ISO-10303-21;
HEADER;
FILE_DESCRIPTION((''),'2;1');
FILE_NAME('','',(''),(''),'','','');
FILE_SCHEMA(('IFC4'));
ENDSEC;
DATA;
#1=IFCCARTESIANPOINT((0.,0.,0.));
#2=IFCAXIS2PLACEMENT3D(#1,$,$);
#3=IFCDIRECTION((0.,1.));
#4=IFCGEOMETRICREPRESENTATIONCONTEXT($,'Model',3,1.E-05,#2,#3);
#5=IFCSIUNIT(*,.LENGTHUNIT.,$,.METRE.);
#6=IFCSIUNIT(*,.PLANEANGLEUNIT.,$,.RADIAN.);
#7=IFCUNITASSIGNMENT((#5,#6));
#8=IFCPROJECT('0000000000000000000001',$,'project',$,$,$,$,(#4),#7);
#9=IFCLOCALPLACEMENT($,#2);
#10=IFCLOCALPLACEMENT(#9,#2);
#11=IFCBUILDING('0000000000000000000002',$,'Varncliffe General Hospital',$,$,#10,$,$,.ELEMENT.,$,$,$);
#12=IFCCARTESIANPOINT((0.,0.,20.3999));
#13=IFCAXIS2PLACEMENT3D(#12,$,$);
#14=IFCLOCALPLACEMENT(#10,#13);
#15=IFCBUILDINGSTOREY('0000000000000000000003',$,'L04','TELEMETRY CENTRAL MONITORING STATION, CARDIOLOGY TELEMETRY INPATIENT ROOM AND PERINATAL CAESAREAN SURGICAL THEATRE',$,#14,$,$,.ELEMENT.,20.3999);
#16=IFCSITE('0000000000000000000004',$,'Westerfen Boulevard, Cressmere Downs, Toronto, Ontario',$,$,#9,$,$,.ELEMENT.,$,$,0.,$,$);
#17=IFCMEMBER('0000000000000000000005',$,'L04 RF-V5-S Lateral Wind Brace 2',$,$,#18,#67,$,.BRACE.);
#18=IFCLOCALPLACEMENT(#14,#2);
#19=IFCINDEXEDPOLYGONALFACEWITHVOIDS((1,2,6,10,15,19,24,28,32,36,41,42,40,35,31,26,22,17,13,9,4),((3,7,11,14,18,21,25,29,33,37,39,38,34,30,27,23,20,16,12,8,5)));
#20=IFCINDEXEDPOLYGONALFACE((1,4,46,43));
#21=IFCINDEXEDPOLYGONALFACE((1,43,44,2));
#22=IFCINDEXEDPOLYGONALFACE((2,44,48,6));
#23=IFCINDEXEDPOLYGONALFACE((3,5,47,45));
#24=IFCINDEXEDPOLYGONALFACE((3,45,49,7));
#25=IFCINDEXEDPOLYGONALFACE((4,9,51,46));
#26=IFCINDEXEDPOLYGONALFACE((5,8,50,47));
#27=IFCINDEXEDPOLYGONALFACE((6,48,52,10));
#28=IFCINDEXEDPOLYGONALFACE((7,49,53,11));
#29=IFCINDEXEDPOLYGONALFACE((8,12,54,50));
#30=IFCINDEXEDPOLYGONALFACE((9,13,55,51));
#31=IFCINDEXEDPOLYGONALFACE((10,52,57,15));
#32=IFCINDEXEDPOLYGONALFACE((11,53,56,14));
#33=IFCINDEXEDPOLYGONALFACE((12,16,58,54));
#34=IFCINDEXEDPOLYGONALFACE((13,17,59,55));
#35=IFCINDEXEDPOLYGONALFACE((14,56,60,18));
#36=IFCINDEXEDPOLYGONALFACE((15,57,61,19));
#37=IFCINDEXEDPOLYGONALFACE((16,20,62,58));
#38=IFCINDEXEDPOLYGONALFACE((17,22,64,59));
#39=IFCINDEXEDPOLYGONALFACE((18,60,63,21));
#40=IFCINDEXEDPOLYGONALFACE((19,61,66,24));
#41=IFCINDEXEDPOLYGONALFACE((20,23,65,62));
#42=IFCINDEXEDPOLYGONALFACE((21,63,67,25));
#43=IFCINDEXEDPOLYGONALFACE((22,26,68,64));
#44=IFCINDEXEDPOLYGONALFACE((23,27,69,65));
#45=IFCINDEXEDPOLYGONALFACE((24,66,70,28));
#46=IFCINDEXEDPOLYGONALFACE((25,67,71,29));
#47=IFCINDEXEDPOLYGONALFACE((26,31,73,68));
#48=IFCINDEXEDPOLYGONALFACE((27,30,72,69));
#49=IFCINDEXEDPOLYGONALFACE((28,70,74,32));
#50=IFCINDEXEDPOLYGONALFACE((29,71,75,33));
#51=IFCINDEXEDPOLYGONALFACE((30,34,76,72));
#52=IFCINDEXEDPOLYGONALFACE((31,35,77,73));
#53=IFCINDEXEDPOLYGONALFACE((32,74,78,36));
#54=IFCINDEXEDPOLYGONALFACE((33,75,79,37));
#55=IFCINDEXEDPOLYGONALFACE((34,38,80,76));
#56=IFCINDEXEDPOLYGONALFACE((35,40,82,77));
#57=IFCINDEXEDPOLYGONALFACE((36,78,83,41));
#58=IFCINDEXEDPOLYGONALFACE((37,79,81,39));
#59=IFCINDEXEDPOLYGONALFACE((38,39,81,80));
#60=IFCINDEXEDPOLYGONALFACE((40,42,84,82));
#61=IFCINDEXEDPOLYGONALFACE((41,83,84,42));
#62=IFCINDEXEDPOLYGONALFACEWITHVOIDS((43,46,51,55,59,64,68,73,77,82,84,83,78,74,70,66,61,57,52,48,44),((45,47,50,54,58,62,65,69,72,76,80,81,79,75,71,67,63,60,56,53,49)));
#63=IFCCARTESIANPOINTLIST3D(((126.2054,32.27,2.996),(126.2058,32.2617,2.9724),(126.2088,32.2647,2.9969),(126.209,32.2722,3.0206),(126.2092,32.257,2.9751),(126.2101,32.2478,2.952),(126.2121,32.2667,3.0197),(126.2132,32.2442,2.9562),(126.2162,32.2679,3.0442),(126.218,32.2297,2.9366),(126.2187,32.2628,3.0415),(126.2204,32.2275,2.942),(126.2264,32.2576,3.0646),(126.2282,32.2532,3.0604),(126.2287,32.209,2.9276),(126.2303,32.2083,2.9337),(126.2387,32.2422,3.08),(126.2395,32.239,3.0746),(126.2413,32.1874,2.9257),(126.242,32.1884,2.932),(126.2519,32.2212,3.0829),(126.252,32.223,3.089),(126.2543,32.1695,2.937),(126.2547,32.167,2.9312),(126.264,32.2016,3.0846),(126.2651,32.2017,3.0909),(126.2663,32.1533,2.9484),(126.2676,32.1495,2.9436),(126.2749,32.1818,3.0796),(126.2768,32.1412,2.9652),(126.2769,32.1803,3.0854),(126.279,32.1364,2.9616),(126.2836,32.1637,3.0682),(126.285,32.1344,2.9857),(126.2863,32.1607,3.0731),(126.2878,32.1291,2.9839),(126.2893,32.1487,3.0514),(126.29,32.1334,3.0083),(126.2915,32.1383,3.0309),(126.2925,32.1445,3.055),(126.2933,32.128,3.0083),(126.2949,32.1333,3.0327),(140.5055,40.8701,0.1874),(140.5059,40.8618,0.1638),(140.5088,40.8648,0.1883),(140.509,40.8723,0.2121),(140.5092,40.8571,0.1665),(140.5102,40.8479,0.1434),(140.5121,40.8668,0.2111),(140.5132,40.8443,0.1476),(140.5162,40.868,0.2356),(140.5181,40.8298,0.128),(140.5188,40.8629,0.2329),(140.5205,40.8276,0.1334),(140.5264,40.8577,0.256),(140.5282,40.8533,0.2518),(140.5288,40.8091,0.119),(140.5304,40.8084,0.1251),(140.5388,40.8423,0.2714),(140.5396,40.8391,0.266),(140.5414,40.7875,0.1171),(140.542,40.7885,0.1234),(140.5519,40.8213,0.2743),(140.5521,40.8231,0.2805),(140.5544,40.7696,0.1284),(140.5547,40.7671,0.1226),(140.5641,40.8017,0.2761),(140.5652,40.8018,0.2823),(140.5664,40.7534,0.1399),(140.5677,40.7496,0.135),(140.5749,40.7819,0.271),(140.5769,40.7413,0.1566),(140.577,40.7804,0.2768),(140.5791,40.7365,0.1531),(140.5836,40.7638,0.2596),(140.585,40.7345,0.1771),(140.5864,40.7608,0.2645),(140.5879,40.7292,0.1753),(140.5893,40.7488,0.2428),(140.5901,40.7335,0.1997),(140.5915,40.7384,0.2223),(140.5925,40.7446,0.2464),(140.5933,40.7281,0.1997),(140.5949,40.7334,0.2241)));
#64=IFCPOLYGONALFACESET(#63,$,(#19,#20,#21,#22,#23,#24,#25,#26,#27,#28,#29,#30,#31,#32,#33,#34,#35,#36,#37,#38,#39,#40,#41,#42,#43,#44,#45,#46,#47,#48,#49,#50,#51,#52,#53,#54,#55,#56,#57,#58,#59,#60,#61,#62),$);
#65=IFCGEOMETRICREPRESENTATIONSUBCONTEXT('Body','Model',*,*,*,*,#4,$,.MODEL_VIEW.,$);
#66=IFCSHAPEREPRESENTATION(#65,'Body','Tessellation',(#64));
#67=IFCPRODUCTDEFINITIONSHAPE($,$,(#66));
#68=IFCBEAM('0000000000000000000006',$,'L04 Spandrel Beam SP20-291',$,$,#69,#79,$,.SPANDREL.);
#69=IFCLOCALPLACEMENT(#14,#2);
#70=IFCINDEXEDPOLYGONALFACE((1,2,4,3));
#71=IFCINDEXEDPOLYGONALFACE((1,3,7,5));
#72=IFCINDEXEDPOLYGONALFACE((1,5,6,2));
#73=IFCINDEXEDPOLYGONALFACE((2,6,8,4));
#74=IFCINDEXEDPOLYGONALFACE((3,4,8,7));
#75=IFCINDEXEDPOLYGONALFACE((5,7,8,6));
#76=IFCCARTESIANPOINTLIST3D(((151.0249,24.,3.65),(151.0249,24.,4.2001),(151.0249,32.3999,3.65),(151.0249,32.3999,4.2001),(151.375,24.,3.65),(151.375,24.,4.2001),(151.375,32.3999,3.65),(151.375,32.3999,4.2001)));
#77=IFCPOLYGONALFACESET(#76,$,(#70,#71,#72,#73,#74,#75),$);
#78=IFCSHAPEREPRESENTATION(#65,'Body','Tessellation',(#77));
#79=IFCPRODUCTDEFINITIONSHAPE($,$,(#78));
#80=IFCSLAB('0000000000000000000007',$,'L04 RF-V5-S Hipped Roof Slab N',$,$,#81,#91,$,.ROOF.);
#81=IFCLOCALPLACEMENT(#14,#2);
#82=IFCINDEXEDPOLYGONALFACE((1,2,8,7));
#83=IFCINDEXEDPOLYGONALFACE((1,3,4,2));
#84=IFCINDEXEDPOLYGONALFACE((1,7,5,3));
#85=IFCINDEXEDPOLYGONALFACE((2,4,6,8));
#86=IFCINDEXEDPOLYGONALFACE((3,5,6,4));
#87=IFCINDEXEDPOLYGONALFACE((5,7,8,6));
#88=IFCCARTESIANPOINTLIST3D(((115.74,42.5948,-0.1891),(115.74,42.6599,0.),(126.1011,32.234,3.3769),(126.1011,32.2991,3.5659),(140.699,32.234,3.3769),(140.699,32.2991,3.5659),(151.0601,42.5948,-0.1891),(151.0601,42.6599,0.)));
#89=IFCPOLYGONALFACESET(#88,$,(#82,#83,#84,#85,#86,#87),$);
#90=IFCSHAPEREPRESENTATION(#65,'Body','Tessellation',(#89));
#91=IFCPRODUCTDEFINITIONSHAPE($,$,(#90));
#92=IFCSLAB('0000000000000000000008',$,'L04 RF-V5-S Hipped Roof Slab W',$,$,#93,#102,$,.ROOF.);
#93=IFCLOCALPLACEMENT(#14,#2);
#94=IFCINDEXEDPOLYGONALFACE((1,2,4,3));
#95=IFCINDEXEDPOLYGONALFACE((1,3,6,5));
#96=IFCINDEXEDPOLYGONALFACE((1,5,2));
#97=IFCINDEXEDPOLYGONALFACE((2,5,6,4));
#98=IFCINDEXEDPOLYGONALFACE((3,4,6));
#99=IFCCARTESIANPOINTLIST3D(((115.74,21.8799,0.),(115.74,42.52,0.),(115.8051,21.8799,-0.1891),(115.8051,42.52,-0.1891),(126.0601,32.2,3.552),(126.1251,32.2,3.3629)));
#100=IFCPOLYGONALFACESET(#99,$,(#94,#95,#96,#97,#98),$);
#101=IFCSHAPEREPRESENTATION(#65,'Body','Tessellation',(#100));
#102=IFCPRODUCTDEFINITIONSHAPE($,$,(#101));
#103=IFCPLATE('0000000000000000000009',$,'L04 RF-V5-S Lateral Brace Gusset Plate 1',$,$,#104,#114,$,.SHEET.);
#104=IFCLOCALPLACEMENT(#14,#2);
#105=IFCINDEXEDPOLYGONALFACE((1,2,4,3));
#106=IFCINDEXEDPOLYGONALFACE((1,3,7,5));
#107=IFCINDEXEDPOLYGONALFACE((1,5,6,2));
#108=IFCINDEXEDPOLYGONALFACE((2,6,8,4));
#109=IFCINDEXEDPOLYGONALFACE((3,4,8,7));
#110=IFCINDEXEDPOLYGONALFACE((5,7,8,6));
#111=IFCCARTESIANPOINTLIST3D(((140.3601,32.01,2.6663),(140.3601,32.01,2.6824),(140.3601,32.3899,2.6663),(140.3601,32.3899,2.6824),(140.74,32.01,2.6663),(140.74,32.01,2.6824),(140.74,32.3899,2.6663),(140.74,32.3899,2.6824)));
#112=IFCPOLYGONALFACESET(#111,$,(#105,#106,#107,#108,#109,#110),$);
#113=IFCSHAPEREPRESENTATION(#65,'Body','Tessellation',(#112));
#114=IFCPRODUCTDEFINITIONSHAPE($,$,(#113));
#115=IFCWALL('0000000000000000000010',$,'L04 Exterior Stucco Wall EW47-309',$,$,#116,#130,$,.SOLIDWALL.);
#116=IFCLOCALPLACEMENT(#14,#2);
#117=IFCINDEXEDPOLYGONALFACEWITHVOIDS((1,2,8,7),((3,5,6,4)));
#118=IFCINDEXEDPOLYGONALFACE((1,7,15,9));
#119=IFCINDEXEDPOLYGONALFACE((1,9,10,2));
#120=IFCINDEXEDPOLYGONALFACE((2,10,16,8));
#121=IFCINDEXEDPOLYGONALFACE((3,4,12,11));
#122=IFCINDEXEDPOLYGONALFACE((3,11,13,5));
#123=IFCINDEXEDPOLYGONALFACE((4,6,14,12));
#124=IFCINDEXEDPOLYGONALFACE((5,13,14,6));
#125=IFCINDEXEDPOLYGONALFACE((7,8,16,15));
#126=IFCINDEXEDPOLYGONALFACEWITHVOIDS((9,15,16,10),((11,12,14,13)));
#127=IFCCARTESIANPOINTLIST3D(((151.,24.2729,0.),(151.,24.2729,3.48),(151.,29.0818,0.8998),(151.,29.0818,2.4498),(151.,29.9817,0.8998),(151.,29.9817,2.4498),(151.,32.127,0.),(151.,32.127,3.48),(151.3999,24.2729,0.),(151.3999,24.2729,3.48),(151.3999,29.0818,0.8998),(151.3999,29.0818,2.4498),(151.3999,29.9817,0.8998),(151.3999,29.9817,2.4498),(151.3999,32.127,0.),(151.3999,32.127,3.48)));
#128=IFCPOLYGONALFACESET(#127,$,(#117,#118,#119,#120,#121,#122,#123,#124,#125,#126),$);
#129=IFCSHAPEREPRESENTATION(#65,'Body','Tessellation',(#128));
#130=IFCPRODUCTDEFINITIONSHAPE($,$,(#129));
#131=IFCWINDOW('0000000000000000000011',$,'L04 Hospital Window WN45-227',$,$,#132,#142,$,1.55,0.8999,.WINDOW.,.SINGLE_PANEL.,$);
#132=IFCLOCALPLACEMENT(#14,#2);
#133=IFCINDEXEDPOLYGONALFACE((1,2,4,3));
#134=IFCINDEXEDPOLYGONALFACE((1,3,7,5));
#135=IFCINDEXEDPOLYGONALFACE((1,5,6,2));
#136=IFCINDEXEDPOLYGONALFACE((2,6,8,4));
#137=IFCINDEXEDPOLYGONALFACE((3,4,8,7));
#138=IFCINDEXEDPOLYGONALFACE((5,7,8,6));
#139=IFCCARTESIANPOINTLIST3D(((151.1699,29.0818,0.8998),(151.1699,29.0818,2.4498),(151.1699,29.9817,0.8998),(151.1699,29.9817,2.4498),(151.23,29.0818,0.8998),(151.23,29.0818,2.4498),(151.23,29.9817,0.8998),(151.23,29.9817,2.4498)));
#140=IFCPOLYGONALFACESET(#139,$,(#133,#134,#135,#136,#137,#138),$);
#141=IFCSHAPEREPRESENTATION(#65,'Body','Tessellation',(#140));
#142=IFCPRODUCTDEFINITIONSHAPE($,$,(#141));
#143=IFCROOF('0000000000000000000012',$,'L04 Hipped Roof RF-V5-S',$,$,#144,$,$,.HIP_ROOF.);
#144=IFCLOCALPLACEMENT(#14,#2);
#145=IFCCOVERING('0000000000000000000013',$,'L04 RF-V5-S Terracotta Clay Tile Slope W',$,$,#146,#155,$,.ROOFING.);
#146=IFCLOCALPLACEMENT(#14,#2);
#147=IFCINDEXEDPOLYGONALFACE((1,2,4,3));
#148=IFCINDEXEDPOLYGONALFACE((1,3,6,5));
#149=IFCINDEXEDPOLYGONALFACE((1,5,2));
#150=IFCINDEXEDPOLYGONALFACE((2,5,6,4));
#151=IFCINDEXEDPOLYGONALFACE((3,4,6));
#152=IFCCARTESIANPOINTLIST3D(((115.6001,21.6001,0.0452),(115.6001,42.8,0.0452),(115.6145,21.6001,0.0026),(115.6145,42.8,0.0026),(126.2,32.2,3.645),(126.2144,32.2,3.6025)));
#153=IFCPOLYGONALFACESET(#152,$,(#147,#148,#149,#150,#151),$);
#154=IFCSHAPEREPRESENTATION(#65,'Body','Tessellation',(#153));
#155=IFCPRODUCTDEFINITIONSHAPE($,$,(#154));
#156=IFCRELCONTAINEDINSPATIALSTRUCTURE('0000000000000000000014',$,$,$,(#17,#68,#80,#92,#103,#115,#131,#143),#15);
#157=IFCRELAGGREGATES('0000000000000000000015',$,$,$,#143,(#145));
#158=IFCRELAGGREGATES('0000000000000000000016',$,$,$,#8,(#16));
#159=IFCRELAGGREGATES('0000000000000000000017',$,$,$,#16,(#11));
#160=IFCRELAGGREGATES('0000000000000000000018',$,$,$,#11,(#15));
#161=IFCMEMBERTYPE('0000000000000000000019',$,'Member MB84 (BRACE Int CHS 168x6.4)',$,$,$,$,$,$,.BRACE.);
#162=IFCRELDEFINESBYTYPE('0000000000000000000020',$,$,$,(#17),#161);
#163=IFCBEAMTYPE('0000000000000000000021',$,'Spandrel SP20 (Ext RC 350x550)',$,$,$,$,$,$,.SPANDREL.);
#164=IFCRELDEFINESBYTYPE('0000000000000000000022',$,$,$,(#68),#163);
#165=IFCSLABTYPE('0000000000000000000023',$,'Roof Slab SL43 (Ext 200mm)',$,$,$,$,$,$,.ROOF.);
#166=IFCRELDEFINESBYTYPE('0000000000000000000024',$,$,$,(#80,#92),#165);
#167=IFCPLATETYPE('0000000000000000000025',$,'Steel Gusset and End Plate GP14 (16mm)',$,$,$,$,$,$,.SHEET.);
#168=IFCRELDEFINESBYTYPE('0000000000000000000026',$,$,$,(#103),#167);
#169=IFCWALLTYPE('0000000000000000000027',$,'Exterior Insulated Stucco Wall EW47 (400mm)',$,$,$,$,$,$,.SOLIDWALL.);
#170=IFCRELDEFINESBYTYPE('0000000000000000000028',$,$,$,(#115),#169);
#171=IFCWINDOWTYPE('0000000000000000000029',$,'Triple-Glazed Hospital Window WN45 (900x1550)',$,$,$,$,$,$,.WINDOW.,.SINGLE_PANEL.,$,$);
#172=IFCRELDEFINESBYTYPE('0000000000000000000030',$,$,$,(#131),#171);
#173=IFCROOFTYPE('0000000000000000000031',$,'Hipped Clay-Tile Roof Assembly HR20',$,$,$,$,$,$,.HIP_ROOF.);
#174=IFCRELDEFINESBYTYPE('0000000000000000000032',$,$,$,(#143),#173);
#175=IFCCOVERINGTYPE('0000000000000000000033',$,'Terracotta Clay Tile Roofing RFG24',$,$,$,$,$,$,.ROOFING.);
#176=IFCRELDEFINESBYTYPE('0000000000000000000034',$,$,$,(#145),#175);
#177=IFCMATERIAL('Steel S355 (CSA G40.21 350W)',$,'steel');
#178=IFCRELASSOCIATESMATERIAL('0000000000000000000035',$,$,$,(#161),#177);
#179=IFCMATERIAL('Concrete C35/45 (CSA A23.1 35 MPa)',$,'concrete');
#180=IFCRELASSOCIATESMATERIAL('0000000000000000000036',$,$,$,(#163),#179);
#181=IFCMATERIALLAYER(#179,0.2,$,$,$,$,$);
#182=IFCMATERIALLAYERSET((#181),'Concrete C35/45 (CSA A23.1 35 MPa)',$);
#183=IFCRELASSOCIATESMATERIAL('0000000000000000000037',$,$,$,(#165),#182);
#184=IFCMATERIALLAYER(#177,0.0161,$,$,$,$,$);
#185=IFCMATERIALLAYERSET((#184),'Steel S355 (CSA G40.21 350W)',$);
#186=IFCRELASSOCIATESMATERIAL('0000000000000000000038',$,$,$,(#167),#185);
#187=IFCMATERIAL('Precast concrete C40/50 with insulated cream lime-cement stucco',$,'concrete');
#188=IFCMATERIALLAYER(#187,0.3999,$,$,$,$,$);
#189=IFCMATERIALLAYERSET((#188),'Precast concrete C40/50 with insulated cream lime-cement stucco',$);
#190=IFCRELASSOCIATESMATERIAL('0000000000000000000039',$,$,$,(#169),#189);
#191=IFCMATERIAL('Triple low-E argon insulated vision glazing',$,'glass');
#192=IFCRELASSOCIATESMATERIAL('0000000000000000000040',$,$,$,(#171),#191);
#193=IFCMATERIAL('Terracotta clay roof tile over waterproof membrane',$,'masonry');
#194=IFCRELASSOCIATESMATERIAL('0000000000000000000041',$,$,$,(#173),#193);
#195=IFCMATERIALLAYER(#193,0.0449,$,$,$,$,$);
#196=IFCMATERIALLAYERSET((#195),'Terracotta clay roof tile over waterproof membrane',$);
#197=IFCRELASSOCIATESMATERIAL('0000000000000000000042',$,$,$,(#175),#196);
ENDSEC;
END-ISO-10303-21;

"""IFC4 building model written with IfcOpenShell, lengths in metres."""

from ifc_helpers import new_model, si_unit, direction, frame, frame_2d, origin, origin_2d, place, context, subcontext, project, spatial, polyline, rectangle, hollow_circle, outline, extrude, material, layer, layer_set, material_profile, profile_set, type_object, element, fill, aggregate, save


model = new_model("IFC4")

# Units and contexts
model_context = context("Model", 3, precision=1e-05, world=origin(), true_north=direction((0.0, 1.0)))
body_context = subcontext(model_context, "Body", "Model", "MODEL_VIEW")
ifc_project = project(units=[si_unit("LENGTHUNIT", "METRE"), si_unit("PLANEANGLEUNIT", "RADIAN")], contexts=[model_context])

# Site, building, storey
site_placement = place(None, origin())
site = spatial("IfcSite", under=ifc_project, at=site_placement, Name="Westerfen Boulevard, Cressmere Downs, Toronto, Ontario", CompositionType="ELEMENT", RefElevation=0.0)
building_placement = place(site_placement, origin())
building = spatial("IfcBuilding", under=site, at=building_placement, Name="Varncliffe General Hospital", CompositionType="ELEMENT")
storey_placement = place(building_placement, frame((0.0, 0.0, 20.3999)))
storey = spatial("IfcBuildingStorey", under=building, at=storey_placement, Name="L04", Description="TELEMETRY CENTRAL MONITORING STATION, CARDIOLOGY TELEMETRY INPATIENT ROOM AND PERINATAL CAESAREAN SURGICAL THEATRE", CompositionType="ELEMENT", Elevation=20.3999)

# Member
ifc_material_1 = material(Name="Steel S355 (CSA G40.21 350W)", Category="steel")
ifc_material_profile_1 = material_profile(ifc_material_1, hollow_circle(Radius=0.084, WallThickness=0.0063, at=origin_2d()), Name="CHS 168x6.4")
ifc_profile_set_1 = profile_set([ifc_material_profile_1], Name="Steel S355 (CSA G40.21 350W)")
member_type_1 = type_object("IfcMemberType", Name="Member MB84 (BRACE Int CHS 168x6.4)", PredefinedType="BRACE", material=ifc_profile_set_1)
member_1_placement = place(storey_placement, frame((140.55, 40.8, 0.1997), z_axis=(-0.845076, -0.508231, 0.165977), x_axis=(0.51538, -0.856962, 0.0)))
element("IfcMember", 1, at=member_1_placement, inside=storey, type_object=member_type_1, Name="L04 RF-V5-S Lateral Wind Brace 2", PredefinedType="BRACE", context=body_context, shape_type="SweptSolid", body=[
    extrude(hollow_circle(Radius=0.084, WallThickness=0.0063, at=origin_2d()), origin(), (0.0, 0.0, 1.0), 16.9216),
])

# Beam
ifc_material_2 = material(Name="Concrete C35/45 (CSA A23.1 35 MPa)", Category="concrete")
ifc_material_profile_2 = material_profile(ifc_material_2, rectangle(XDim=0.3501, YDim=0.55, at=origin_2d()), Name="RC 350x550")
ifc_profile_set_2 = profile_set([ifc_material_profile_2], Name="Concrete C35/45 (CSA A23.1 35 MPa)")
beam_type_1 = type_object("IfcBeamType", Name="Spandrel SP20 (Ext RC 350x550)", PredefinedType="SPANDREL", material=ifc_profile_set_2)
beam_1_placement = place(storey_placement, frame((151.2, 24.0, 3.925), z_axis=(0.0, 1.0, 0.0), x_axis=(-1.0, 0.0, 0.0)))
element("IfcBeam", 2, at=beam_1_placement, inside=storey, type_object=beam_type_1, Name="L04 Spandrel Beam SP20-291", PredefinedType="SPANDREL", context=body_context, shape_type="SweptSolid", body=[
    extrude(rectangle(XDim=0.3501, YDim=0.55, at=origin_2d()), origin(), (0.0, 0.0, 1.0), 8.3999),
])

# Slabs
ifc_layer_1 = layer(ifc_material_2, 0.2)
ifc_layer_set_1 = layer_set([ifc_layer_1], Name="Concrete C35/45 (CSA A23.1 35 MPa)")
slab_type = type_object("IfcSlabType", Name="Roof Slab SL43 (Ext 200mm)", PredefinedType="ROOF", material=ifc_layer_set_1)
slab_1_placement = place(storey_placement, frame((151.0601, 42.6599, 0.0), z_axis=(0.0, 0.325437, 0.945564), x_axis=(-1.0, 0.0, 0.0)))
element("IfcSlab", 3, at=slab_1_placement, inside=storey, type_object=slab_type, Name="L04 RF-V5-S Hipped Roof Slab N", PredefinedType="ROOF", context=body_context, shape_type="SweptSolid", body=[
    extrude(outline(polyline([(0.0, 0.0), (35.3201, 0.0), (24.959, 10.9573), (10.3611, 10.9573), (0.0, 0.0)])), origin(), (0.0, 0.0, -1.0), 0.2),
])
slab_2_placement = place(storey_placement, frame((115.74, 42.52, 0.0), z_axis=(-0.325447, 0.0, 0.94556), x_axis=(0.0, -1.0, 0.0)))
element("IfcSlab", 4, at=slab_2_placement, inside=storey, type_object=slab_type, Name="L04 RF-V5-S Hipped Roof Slab W", PredefinedType="ROOF", context=body_context, shape_type="SweptSolid", body=[
    extrude(outline(polyline([(0.0, 0.0), (20.6401, 0.0), (10.3201, 10.9142), (0.0, 0.0)])), origin(), (0.0, 0.0, -1.0), 0.2),
])

# Plate
ifc_layer_2 = layer(ifc_material_1, 0.0161)
ifc_layer_set_2 = layer_set([ifc_layer_2], Name="Steel S355 (CSA G40.21 350W)")
plate_type = type_object("IfcPlateType", Name="Steel Gusset and End Plate GP14 (16mm)", PredefinedType="SHEET", material=ifc_layer_set_2)
plate_placement = place(storey_placement, frame((140.55, 32.2, 2.6663), z_axis=(0.0, 0.0, 1.0), x_axis=(1.0, 0.0, 0.0)))
element("IfcPlate", 5, at=plate_placement, inside=storey, type_object=plate_type, Name="L04 RF-V5-S Lateral Brace Gusset Plate 1", PredefinedType="SHEET", context=body_context, shape_type="SweptSolid", body=[
    extrude(rectangle(XDim=0.3799, YDim=0.3799, at=origin_2d()), origin(), (0.0, 0.0, 1.0), 0.0161),
])

# Wall, opening, window
ifc_material_3 = material(Name="Precast concrete C40/50 with insulated cream lime-cement stucco", Category="concrete")
ifc_layer_3 = layer(ifc_material_3, 0.3999)
ifc_layer_set_3 = layer_set([ifc_layer_3], Name="Precast concrete C40/50 with insulated cream lime-cement stucco")
wall_type = type_object("IfcWallType", Name="Exterior Insulated Stucco Wall EW47 (400mm)", PredefinedType="SOLIDWALL", material=ifc_layer_set_3)
wall_placement = place(storey_placement, frame((151.2, 24.2729, 0.0), z_axis=(0.0, 0.0, 1.0), x_axis=(0.0, 1.0, 0.0)))
wall = element("IfcWall", 6, at=wall_placement, inside=storey, type_object=wall_type, Name="L04 Exterior Stucco Wall EW47-309", PredefinedType="SOLIDWALL", context=body_context, shape_type="SweptSolid", body=[
    extrude(rectangle(XDim=7.854, YDim=0.3999, at=frame_2d((3.927, 0.0))), origin(), (0.0, 0.0, 1.0), 3.48),
])
opening_placement = place(wall_placement, frame((4.8088, 0.0, 0.8999)))
opening = element("IfcOpeningElement", 7, at=opening_placement, cuts=wall, PredefinedType="OPENING", context=body_context, shape_type="SweptSolid", body=[
    extrude(rectangle(XDim=0.8999, YDim=1.55, at=frame_2d((0.45, 0.7749))), frame((0.0, 0.21, 0.0), z_axis=(0.0, -1.0, 0.0), x_axis=(1.0, 0.0, 0.0)), (0.0, 0.0, 1.0), 0.4199),
])
ifc_material_4 = material(Name="Triple low-E argon insulated vision glazing", Category="glass")
window_type = type_object("IfcWindowType", Name="Triple-Glazed Hospital Window WN45 (900x1550)", PartitioningType="SINGLE_PANEL", PredefinedType="WINDOW", material=ifc_material_4)
window_placement = place(opening_placement, origin())
window = element("IfcWindow", 8, at=window_placement, inside=storey, type_object=window_type, Name="L04 Hospital Window WN45-227", OverallHeight=1.55, OverallWidth=0.8999, PartitioningType="SINGLE_PANEL", PredefinedType="WINDOW", context=body_context, shape_type="SweptSolid", body=[
    extrude(rectangle(XDim=0.8999, YDim=1.55, at=frame_2d((0.45, 0.7749))), frame((0.0, 0.03, 0.0), z_axis=(0.0, -1.0, 0.0), x_axis=(1.0, 0.0, 0.0)), (0.0, 0.0, 1.0), 0.0601),
])
fill(opening, window)

# Roof, covering
ifc_material_5 = material(Name="Terracotta clay roof tile over waterproof membrane", Category="masonry")
roof_type = type_object("IfcRoofType", Name="Hipped Clay-Tile Roof Assembly HR20", PredefinedType="HIP_ROOF", material=ifc_material_5)
roof_placement = place(storey_placement, origin())
roof = element("IfcRoof", 9, at=roof_placement, inside=storey, type_object=roof_type, Name="L04 Hipped Roof RF-V5-S", PredefinedType="HIP_ROOF")
ifc_layer_4 = layer(ifc_material_5, 0.0449)
ifc_layer_set_4 = layer_set([ifc_layer_4], Name="Terracotta clay roof tile over waterproof membrane")
covering_type = type_object("IfcCoveringType", Name="Terracotta Clay Tile Roofing RFG24", PredefinedType="ROOFING", material=ifc_layer_set_4)
covering_placement = place(storey_placement, frame((115.6001, 42.8, 0.0452), z_axis=(-0.321575, 0.0, 0.946884), x_axis=(0.0, -1.0, 0.0)))
covering = element("IfcCovering", 10, at=covering_placement, type_object=covering_type, Name="L04 RF-V5-S Terracotta Clay Tile Slope W", PredefinedType="ROOFING", context=body_context, shape_type="SweptSolid", body=[
    extrude(outline(polyline([(0.0, 0.0), (21.2, 0.0), (10.6001, 11.1945), (0.0, 0.0)])), origin(), (0.0, 0.0, -1.0), 0.0449),
])
aggregate(roof, [covering])

save(model, "model.ifc")
